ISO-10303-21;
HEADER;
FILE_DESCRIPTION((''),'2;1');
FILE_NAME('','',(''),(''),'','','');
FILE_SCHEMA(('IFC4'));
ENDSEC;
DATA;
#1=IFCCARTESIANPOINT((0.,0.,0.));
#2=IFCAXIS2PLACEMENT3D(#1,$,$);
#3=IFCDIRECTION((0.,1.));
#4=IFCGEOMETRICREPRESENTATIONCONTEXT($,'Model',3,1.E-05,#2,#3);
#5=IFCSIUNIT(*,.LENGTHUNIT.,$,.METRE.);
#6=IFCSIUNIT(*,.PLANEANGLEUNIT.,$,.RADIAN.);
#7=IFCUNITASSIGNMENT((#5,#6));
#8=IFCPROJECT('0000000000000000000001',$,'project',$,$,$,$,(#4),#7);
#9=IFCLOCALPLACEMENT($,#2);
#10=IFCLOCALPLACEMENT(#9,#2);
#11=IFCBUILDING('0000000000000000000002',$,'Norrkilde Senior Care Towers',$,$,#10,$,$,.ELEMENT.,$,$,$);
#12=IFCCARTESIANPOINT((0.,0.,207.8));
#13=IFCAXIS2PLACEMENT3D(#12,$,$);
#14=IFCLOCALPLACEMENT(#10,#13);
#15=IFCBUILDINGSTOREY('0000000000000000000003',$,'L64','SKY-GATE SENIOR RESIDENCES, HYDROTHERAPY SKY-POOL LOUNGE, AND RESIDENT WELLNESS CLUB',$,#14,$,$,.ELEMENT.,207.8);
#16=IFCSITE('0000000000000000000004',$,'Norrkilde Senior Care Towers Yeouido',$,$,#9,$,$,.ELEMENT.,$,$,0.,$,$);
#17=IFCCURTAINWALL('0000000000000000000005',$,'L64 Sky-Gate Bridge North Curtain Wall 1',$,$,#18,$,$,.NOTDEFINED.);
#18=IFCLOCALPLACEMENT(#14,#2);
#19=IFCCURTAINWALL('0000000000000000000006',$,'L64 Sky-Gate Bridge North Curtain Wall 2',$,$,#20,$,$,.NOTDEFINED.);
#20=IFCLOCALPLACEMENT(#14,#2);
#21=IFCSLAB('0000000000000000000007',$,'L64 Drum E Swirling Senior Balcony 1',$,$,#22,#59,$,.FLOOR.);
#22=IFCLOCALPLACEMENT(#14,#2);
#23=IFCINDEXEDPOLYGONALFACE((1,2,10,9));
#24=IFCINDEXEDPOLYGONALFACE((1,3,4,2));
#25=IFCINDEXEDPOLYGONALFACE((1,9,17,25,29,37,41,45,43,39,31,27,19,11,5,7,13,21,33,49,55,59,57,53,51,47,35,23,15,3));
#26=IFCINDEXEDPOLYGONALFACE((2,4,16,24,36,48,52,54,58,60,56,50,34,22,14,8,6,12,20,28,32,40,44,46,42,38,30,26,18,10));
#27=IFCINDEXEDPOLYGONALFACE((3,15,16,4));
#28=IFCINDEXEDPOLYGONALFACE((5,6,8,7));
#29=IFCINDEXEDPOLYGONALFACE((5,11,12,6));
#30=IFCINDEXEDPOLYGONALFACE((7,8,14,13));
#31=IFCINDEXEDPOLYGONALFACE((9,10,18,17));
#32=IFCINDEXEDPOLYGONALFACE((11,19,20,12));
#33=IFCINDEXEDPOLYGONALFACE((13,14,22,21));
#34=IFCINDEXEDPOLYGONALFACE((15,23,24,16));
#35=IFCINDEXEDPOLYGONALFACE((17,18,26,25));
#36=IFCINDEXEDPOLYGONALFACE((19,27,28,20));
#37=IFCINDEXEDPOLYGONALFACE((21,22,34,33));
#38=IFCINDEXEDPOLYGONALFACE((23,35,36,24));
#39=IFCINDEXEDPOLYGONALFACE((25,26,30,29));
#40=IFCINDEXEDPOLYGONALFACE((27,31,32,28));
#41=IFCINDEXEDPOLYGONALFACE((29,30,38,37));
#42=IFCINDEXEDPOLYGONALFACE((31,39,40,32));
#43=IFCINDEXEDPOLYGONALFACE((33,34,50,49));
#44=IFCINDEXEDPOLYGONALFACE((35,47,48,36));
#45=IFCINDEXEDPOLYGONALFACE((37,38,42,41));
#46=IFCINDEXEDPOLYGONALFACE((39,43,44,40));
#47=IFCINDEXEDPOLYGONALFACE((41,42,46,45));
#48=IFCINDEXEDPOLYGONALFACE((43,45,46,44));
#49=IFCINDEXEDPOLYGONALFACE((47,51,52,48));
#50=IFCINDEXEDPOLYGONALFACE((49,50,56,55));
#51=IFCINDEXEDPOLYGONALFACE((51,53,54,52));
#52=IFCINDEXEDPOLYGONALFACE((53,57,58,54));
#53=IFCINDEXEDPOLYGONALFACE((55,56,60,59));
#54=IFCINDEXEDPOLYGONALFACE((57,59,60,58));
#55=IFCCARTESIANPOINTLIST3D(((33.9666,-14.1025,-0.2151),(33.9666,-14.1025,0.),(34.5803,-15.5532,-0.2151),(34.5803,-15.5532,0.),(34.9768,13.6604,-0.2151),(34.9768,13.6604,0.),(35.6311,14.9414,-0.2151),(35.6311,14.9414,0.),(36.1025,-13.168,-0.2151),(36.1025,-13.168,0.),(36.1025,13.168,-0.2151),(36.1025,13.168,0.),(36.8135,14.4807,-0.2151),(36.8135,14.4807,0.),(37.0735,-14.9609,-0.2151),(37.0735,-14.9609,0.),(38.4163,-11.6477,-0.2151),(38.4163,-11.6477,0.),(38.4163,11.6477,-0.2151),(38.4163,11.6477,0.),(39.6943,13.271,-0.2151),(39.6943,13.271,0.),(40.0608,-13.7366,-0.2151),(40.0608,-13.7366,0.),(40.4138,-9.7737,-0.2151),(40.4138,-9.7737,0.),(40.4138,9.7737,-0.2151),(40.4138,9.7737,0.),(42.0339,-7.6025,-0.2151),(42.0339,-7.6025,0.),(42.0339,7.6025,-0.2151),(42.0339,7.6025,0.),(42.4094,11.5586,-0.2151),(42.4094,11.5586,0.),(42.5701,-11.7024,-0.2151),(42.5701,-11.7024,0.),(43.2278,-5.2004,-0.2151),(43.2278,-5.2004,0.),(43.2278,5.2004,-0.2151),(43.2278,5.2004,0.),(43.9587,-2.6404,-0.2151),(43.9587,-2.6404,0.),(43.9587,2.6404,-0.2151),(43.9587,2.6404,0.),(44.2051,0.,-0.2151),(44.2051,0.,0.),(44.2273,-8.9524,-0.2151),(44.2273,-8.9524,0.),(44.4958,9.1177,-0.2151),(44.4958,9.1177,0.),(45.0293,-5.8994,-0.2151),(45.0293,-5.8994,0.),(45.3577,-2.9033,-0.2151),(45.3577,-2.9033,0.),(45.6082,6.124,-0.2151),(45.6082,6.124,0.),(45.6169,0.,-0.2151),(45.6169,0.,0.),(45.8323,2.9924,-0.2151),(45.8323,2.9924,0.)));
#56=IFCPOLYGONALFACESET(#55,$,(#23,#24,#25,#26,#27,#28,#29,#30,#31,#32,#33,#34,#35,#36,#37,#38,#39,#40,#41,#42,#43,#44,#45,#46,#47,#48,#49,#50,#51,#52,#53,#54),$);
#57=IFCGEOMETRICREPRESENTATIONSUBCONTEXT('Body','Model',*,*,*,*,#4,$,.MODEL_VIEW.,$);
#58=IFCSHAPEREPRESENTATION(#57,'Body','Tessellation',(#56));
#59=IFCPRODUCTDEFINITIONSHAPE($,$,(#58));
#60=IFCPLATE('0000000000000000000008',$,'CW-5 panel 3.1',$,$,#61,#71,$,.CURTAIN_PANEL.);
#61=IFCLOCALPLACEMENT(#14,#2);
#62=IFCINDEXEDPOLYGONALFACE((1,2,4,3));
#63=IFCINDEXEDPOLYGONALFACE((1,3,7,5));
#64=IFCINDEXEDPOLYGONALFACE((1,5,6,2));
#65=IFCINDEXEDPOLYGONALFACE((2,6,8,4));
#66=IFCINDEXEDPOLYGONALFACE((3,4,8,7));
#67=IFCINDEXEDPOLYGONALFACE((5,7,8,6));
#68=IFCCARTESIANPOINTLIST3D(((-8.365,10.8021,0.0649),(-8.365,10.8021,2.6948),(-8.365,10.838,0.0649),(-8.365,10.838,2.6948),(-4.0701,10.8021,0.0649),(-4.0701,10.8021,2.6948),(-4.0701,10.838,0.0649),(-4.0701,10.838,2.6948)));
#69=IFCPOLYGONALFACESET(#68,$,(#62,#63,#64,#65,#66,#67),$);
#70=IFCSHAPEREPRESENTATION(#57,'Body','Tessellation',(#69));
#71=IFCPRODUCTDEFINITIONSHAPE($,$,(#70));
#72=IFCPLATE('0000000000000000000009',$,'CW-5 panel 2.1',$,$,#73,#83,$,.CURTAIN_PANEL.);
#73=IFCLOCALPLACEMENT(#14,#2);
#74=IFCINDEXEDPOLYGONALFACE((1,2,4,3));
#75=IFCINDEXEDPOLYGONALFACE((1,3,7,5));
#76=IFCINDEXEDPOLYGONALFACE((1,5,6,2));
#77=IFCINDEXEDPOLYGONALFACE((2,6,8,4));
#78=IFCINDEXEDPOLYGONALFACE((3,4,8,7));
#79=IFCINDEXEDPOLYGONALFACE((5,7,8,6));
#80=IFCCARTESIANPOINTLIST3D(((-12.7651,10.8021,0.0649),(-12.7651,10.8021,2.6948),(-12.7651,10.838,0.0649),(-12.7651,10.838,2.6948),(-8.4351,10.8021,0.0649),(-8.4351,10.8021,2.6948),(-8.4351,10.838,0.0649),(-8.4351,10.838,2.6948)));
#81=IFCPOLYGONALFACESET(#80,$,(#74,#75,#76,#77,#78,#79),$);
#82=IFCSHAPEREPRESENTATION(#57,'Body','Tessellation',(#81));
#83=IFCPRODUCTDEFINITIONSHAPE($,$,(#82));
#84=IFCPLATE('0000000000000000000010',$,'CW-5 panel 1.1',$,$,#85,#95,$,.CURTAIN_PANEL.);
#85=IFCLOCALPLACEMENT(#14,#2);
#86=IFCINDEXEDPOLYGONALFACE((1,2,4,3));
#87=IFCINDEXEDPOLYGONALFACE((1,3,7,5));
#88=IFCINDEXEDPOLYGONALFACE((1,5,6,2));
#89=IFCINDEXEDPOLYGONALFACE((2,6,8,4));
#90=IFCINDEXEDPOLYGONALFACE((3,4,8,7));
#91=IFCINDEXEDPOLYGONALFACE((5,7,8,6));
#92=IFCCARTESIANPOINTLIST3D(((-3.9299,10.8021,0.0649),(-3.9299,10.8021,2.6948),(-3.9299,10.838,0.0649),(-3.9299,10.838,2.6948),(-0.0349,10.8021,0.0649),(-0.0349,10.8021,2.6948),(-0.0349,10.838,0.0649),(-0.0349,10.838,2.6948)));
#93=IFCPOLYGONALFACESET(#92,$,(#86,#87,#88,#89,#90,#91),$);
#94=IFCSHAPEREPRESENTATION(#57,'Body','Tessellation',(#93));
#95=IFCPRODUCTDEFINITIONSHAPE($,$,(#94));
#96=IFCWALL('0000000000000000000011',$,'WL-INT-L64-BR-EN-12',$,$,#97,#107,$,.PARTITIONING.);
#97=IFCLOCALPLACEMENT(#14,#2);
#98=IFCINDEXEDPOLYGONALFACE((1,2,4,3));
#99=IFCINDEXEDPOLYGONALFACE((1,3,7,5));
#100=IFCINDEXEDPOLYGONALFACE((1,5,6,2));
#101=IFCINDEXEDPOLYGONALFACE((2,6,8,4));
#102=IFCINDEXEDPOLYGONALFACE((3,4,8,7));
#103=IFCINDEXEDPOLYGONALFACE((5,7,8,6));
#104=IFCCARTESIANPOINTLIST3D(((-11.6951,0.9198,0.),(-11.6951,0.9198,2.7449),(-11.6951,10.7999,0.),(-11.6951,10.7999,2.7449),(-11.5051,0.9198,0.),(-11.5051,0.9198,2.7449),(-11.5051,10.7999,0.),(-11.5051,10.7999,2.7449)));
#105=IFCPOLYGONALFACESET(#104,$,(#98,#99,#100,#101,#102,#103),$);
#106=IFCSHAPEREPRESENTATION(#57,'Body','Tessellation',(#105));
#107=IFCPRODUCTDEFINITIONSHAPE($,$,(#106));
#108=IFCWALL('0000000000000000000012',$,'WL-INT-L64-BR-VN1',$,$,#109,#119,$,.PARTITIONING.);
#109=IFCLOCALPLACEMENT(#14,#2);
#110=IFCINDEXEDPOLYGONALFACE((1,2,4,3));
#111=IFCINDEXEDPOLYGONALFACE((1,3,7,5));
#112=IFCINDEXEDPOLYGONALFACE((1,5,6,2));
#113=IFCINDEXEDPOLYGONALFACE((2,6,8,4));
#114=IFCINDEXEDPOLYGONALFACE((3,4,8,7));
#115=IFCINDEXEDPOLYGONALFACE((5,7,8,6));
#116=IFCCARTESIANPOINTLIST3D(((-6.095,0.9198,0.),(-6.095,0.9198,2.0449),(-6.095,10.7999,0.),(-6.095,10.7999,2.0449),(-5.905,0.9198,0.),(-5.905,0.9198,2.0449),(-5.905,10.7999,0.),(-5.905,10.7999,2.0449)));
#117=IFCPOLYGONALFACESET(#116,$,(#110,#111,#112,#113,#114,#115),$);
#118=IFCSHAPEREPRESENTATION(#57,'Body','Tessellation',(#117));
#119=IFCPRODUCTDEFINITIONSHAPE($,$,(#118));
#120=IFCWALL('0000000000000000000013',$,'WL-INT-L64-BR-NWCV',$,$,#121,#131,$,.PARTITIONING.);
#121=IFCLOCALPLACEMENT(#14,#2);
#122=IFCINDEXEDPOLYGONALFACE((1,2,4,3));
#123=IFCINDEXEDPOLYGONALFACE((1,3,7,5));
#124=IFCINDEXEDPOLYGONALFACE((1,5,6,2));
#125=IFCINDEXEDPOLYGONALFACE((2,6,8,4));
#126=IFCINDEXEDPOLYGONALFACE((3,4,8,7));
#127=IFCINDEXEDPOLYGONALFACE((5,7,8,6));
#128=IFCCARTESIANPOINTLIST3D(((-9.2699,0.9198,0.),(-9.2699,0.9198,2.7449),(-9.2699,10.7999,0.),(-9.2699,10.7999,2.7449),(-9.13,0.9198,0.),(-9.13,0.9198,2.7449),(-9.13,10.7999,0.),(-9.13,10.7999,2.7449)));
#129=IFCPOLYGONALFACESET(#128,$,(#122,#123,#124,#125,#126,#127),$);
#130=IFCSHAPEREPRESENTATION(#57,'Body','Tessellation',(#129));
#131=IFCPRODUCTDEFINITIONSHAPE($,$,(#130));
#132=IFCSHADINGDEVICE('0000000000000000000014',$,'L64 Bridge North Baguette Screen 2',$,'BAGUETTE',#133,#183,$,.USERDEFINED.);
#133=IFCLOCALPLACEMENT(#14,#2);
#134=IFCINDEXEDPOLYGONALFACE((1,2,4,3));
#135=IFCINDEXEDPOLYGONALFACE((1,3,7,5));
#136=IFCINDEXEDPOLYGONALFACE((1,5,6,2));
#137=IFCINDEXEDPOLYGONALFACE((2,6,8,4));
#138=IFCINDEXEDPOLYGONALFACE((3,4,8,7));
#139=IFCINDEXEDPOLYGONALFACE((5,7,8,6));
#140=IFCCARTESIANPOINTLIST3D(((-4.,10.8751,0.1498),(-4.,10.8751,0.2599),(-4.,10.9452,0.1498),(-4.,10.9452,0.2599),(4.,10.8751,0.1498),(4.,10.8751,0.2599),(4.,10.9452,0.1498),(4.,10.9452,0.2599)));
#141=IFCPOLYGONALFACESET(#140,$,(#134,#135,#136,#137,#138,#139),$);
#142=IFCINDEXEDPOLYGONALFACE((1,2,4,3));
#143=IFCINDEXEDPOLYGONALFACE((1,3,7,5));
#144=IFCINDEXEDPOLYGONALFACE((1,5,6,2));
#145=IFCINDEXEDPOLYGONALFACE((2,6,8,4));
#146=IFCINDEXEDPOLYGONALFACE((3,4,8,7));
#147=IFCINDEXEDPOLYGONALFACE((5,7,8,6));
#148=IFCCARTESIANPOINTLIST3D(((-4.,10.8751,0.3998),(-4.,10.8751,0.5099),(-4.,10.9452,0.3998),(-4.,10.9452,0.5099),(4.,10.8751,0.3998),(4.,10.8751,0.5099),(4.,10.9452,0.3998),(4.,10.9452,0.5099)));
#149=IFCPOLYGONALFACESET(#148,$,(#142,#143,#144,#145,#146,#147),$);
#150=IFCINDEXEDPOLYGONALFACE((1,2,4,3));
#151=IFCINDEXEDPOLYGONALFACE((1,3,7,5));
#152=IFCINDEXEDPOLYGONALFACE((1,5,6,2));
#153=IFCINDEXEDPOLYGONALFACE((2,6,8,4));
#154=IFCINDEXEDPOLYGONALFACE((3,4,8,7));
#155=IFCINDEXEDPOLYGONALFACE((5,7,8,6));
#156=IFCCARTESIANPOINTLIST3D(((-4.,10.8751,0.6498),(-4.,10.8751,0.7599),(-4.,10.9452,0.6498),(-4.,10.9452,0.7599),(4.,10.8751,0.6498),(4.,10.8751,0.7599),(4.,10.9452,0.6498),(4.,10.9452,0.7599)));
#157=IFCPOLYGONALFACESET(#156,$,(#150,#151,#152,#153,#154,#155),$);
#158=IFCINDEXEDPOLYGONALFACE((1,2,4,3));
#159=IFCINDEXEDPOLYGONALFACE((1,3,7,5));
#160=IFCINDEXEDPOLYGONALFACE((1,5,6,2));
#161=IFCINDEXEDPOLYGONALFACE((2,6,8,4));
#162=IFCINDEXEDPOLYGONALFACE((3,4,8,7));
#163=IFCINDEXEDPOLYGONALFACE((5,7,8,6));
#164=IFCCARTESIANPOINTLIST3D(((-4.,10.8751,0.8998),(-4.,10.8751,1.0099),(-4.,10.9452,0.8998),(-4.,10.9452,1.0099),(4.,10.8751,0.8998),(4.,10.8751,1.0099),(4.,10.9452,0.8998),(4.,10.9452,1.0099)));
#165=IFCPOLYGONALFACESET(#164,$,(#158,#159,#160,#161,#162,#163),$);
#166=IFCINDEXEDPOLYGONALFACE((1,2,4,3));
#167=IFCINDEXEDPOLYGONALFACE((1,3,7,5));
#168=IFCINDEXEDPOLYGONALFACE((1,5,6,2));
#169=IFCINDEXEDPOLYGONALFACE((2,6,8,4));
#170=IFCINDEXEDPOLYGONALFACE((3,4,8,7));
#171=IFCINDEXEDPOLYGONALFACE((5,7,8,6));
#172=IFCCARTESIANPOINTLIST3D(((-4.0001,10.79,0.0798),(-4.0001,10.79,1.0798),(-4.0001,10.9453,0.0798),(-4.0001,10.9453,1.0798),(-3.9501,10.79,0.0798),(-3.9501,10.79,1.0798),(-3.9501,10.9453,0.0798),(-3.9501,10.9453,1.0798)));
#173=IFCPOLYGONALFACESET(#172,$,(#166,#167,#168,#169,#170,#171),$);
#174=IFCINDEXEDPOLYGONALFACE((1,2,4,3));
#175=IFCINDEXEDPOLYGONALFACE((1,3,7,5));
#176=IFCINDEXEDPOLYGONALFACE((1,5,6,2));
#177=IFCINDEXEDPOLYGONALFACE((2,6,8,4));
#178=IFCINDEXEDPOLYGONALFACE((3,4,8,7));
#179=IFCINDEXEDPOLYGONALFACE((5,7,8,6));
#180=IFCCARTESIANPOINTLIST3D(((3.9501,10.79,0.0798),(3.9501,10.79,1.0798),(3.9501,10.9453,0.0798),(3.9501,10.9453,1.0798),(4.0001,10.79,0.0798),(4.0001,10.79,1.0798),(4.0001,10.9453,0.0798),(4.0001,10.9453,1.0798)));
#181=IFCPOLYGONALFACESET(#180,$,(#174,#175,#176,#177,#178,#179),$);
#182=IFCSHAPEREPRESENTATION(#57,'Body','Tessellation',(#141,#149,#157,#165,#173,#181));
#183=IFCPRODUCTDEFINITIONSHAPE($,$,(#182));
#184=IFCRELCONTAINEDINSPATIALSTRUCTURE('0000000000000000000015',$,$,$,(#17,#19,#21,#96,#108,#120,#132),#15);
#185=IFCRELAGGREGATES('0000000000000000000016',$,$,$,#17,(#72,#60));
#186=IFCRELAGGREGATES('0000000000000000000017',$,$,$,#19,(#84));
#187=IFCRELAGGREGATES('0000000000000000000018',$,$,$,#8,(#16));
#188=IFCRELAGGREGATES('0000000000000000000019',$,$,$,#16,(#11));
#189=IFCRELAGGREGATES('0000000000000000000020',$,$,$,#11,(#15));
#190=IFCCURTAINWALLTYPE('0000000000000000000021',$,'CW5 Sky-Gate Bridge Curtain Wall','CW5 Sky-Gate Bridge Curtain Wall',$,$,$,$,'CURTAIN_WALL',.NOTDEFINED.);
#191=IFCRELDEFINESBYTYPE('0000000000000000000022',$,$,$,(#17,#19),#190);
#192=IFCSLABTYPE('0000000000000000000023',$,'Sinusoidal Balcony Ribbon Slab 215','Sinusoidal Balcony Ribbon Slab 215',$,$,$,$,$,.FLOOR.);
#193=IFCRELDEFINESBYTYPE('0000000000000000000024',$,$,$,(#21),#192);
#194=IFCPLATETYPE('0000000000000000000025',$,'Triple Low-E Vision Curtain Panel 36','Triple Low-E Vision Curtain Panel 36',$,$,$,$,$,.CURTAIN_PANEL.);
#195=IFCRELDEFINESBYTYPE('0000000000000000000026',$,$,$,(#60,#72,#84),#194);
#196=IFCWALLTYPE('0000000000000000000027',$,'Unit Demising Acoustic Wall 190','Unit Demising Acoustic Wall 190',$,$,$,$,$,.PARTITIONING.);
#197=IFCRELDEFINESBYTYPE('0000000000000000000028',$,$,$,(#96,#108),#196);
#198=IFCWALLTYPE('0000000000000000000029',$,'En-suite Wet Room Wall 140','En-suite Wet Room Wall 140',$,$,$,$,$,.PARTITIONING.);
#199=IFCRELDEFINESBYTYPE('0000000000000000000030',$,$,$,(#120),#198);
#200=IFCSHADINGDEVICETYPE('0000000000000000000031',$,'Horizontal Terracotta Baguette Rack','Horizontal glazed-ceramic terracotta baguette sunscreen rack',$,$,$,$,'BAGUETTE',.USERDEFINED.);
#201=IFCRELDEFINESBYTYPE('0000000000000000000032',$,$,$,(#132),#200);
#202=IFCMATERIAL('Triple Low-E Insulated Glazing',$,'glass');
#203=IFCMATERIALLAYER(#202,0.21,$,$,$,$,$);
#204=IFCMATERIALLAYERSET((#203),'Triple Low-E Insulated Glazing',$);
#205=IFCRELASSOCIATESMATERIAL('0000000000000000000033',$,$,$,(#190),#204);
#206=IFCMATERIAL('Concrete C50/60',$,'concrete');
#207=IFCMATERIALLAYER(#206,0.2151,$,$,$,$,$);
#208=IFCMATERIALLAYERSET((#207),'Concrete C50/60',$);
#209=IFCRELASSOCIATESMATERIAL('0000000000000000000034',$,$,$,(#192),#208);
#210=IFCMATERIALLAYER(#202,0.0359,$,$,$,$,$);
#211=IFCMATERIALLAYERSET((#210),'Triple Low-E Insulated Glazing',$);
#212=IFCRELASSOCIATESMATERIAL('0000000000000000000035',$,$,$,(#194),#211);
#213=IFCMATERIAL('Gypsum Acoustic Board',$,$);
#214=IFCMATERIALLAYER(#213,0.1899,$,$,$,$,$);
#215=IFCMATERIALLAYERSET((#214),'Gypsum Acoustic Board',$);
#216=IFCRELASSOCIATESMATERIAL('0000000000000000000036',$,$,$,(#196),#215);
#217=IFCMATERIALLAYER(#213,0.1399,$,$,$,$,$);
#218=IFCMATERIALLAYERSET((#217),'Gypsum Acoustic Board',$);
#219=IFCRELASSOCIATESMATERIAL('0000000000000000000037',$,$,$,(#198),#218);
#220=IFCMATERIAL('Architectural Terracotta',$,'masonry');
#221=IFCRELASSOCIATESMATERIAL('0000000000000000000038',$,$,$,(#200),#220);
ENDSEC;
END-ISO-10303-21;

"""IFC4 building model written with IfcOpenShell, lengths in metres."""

from ifc_helpers import new_model, si_unit, direction, frame, frame_2d, origin, origin_2d, place, context, subcontext, project, spatial, polyline, rectangle, outline, extrude, source, transform, mapped, material, layer, layer_set, type_object, type_shapes, element, aggregate, save


model = new_model("IFC4")

# Units and contexts
model_context = context("Model", 3, precision=1e-05, world=origin(), true_north=direction((0.0, 1.0)))
body_context = subcontext(model_context, "Body", "Model", "MODEL_VIEW")
ifc_project = project(units=[si_unit("LENGTHUNIT", "METRE"), si_unit("PLANEANGLEUNIT", "RADIAN")], contexts=[model_context])

# Site, building, storey
site_placement = place(None, origin())
site = spatial("IfcSite", under=ifc_project, at=site_placement, Name="Norrkilde Senior Care Towers Yeouido", CompositionType="ELEMENT", RefElevation=0.0)
building_placement = place(site_placement, origin())
building = spatial("IfcBuilding", under=site, at=building_placement, Name="Norrkilde Senior Care Towers", CompositionType="ELEMENT")
storey_placement = place(building_placement, frame((0.0, 0.0, 207.8)))
storey = spatial("IfcBuildingStorey", under=building, at=storey_placement, Name="L64", Description="SKY-GATE SENIOR RESIDENCES, HYDROTHERAPY SKY-POOL LOUNGE, AND RESIDENT WELLNESS CLUB", CompositionType="ELEMENT", Elevation=207.8)

# Curtain walls
ifc_material_1 = material(Name="Triple Low-E Insulated Glazing", Category="glass")
ifc_layer_1 = layer(ifc_material_1, 0.21)
ifc_layer_set_1 = layer_set([ifc_layer_1], Name="Triple Low-E Insulated Glazing")
curtain_wall_type = type_object("IfcCurtainWallType", Name="CW5 Sky-Gate Bridge Curtain Wall", Description="CW5 Sky-Gate Bridge Curtain Wall", ElementType="CURTAIN_WALL", PredefinedType="NOTDEFINED", material=ifc_layer_set_1)
curtain_wall_1_placement = place(storey_placement, origin())
curtain_wall_1 = element("IfcCurtainWall", 1, at=curtain_wall_1_placement, inside=storey, type_object=curtain_wall_type, Name="L64 Sky-Gate Bridge North Curtain Wall 1", PredefinedType="NOTDEFINED")
curtain_wall_2_placement = place(storey_placement, origin())
curtain_wall_2 = element("IfcCurtainWall", 2, at=curtain_wall_2_placement, inside=storey, type_object=curtain_wall_type, Name="L64 Sky-Gate Bridge North Curtain Wall 2", PredefinedType="NOTDEFINED")

# Slab
ifc_material_2 = material(Name="Concrete C50/60", Category="concrete")
ifc_layer_2 = layer(ifc_material_2, 0.2151)
ifc_layer_set_2 = layer_set([ifc_layer_2], Name="Concrete C50/60")
slab_type_1 = type_object("IfcSlabType", Name="Sinusoidal Balcony Ribbon Slab 215", Description="Sinusoidal Balcony Ribbon Slab 215", PredefinedType="FLOOR", material=ifc_layer_set_2)
slab_1_placement = place(storey_placement, frame((0.0, 0.0, -0.2151)))
element("IfcSlab", 3, at=slab_1_placement, inside=storey, type_object=slab_type_1, Name="L64 Drum E Swirling Senior Balcony 1", PredefinedType="FLOOR", context=body_context, shape_type="SweptSolid", body=[
    extrude(outline(polyline([(42.5701, -11.7024), (40.0608, -13.7366), (37.0735, -14.9609), (34.5803, -15.5532), (33.9666, -14.1025), (36.1025, -13.168), (38.4163, -11.6477), (40.4138, -9.7737), (42.0339, -7.6025), (43.2278, -5.2004), (43.9587, -2.6404), (44.2051, 0.0), (43.9587, 2.6404), (43.2278, 5.2004), (42.0339, 7.6025), (40.4138, 9.7737), (38.4163, 11.6477), (36.1025, 13.168), (34.9768, 13.6604), (35.6311, 14.9414), (36.8135, 14.4807), (39.6943, 13.271), (42.4094, 11.5586), (44.4958, 9.1177), (45.6082, 6.124), (45.8323, 2.9924), (45.6169, 0.0), (45.3577, -2.9033), (45.0293, -5.8994), (44.2273, -8.9524), (42.5701, -11.7024)])), origin(), (0.0, 0.0, 1.0), 0.2151),
])

# Plates
ifc_layer_3 = layer(ifc_material_1, 0.0359)
ifc_layer_set_3 = layer_set([ifc_layer_3], Name="Triple Low-E Insulated Glazing")
plate_type = type_object("IfcPlateType", Name="Triple Low-E Vision Curtain Panel 36", Description="Triple Low-E Vision Curtain Panel 36", PredefinedType="CURTAIN_PANEL", material=ifc_layer_set_3)
shared_shape_1 = source(origin(), body_context, "Body", "SweptSolid", [
    extrude(rectangle(XDim=4.2949, YDim=0.0359, at=origin_2d()), origin(), (0.0, 0.0, 1.0), 2.6299),
])
plate_1_placement = place(storey_placement, frame((-6.2175, 10.8201, 0.0649), z_axis=(0.0, 0.0, 1.0), x_axis=(1.0, 0.0, 0.0)))
plate_1 = element("IfcPlate", 4, at=plate_1_placement, type_object=plate_type, Name="CW-5 panel 3.1", PredefinedType="CURTAIN_PANEL", context=body_context, shape_type="MappedRepresentation", body=[
    mapped(shared_shape_1, transform((0.0, 0.0, 0.0), x_axis=(1.0, 0.0, 0.0), y_axis=(0.0, 1.0, 0.0), z_axis=(0.0, 0.0, 1.0), scale=1.0)),
])
shared_shape_2 = source(origin(), body_context, "Body", "SweptSolid", [
    extrude(rectangle(XDim=4.3301, YDim=0.0359, at=origin_2d()), origin(), (0.0, 0.0, 1.0), 2.6299),
])
plate_2_placement = place(storey_placement, frame((-10.6001, 10.8201, 0.0649), z_axis=(0.0, 0.0, 1.0), x_axis=(1.0, 0.0, 0.0)))
plate_2 = element("IfcPlate", 5, at=plate_2_placement, type_object=plate_type, Name="CW-5 panel 2.1", PredefinedType="CURTAIN_PANEL", context=body_context, shape_type="MappedRepresentation", body=[
    mapped(shared_shape_2, transform((0.0, 0.0, 0.0), x_axis=(1.0, 0.0, 0.0), y_axis=(0.0, 1.0, 0.0), z_axis=(0.0, 0.0, 1.0), scale=1.0)),
])
aggregate(curtain_wall_1, [plate_2, plate_1])
shared_shape_3 = source(origin(), body_context, "Body", "SweptSolid", [
    extrude(rectangle(XDim=3.895, YDim=0.0359, at=origin_2d()), origin(), (0.0, 0.0, 1.0), 2.6299),
])
type_shapes(plate_type, [shared_shape_1, shared_shape_2, shared_shape_3])
plate_3_placement = place(storey_placement, frame((-1.9824, 10.8201, 0.0649), z_axis=(0.0, 0.0, 1.0), x_axis=(1.0, 0.0, 0.0)))
plate_3 = element("IfcPlate", 6, at=plate_3_placement, type_object=plate_type, Name="CW-5 panel 1.1", PredefinedType="CURTAIN_PANEL", context=body_context, shape_type="MappedRepresentation", body=[
    mapped(shared_shape_3, transform((0.0, 0.0, 0.0), x_axis=(1.0, 0.0, 0.0), y_axis=(0.0, 1.0, 0.0), z_axis=(0.0, 0.0, 1.0), scale=1.0)),
])
aggregate(curtain_wall_2, [plate_3])

# Walls
ifc_material_3 = material(Name="Gypsum Acoustic Board")
ifc_layer_4 = layer(ifc_material_3, 0.1899)
ifc_layer_set_4 = layer_set([ifc_layer_4], Name="Gypsum Acoustic Board")
wall_type_1 = type_object("IfcWallType", Name="Unit Demising Acoustic Wall 190", Description="Unit Demising Acoustic Wall 190", PredefinedType="PARTITIONING", material=ifc_layer_set_4)
shared_shape_4 = source(origin(), body_context, "Body", "SweptSolid", [
    extrude(rectangle(XDim=9.8801, YDim=0.1899, at=frame_2d((4.9399, 0.0))), origin(), (0.0, 0.0, 1.0), 2.7449),
])
wall_1_placement = place(storey_placement, frame((-11.6001, 0.9199, 0.0), z_axis=(0.0, 0.0, 1.0), x_axis=(0.0, 1.0, 0.0)))
element("IfcWall", 7, at=wall_1_placement, inside=storey, type_object=wall_type_1, Name="WL-INT-L64-BR-EN-12", PredefinedType="PARTITIONING", context=body_context, shape_type="MappedRepresentation", body=[
    mapped(shared_shape_4, transform((0.0, 0.0, 0.0), x_axis=(1.0, 0.0, 0.0), y_axis=(0.0, 1.0, 0.0), z_axis=(0.0, 0.0, 1.0), scale=1.0)),
])
shared_shape_5 = source(origin(), body_context, "Body", "SweptSolid", [
    extrude(rectangle(XDim=9.8801, YDim=0.1899, at=frame_2d((4.9399, 0.0))), origin(), (0.0, 0.0, 1.0), 2.0449),
])
type_shapes(wall_type_1, [shared_shape_4, shared_shape_5])
wall_2_placement = place(storey_placement, frame((-6.0, 0.9199, 0.0), z_axis=(0.0, 0.0, 1.0), x_axis=(0.0, 1.0, 0.0)))
element("IfcWall", 8, at=wall_2_placement, inside=storey, type_object=wall_type_1, Name="WL-INT-L64-BR-VN1", PredefinedType="PARTITIONING", context=body_context, shape_type="MappedRepresentation", body=[
    mapped(shared_shape_5, transform((0.0, 0.0, 0.0), x_axis=(1.0, 0.0, 0.0), y_axis=(0.0, 1.0, 0.0), z_axis=(0.0, 0.0, 1.0), scale=1.0)),
])
ifc_layer_5 = layer(ifc_material_3, 0.1399)
ifc_layer_set_5 = layer_set([ifc_layer_5], Name="Gypsum Acoustic Board")
wall_type_2 = type_object("IfcWallType", Name="En-suite Wet Room Wall 140", Description="En-suite Wet Room Wall 140", PredefinedType="PARTITIONING", material=ifc_layer_set_5)
shared_shape_6 = source(origin(), body_context, "Body", "SweptSolid", [
    extrude(rectangle(XDim=9.8801, YDim=0.1399, at=frame_2d((4.9399, 0.0))), origin(), (0.0, 0.0, 1.0), 2.7449),
])
type_shapes(wall_type_2, [shared_shape_6])
wall_3_placement = place(storey_placement, frame((-9.2, 0.9199, 0.0), z_axis=(0.0, 0.0, 1.0), x_axis=(0.0, 1.0, 0.0)))
element("IfcWall", 9, at=wall_3_placement, inside=storey, type_object=wall_type_2, Name="WL-INT-L64-BR-NWCV", PredefinedType="PARTITIONING", context=body_context, shape_type="MappedRepresentation", body=[
    mapped(shared_shape_6, transform((0.0, 0.0, 0.0), x_axis=(1.0, 0.0, 0.0), y_axis=(0.0, 1.0, 0.0), z_axis=(0.0, 0.0, 1.0), scale=1.0)),
])

# Shading device
ifc_material_4 = material(Name="Architectural Terracotta", Category="masonry")
shading_device_type = type_object("IfcShadingDeviceType", Name="Horizontal Terracotta Baguette Rack", Description="Horizontal glazed-ceramic terracotta baguette sunscreen rack", ElementType="BAGUETTE", PredefinedType="USERDEFINED", material=ifc_material_4)
shared_shape_7 = source(origin(), body_context, "Body", "SweptSolid", [
    extrude(rectangle(XDim=0.0701, YDim=0.1101, at=origin_2d()), frame((0.0, 0.0901, 0.125), z_axis=(1.0, 0.0, 0.0), x_axis=(0.0, 1.0, 0.0)), (0.0, 0.0, 1.0), 8.0),
    extrude(rectangle(XDim=0.0701, YDim=0.1101, at=origin_2d()), frame((0.0, 0.0901, 0.375), z_axis=(1.0, 0.0, 0.0), x_axis=(0.0, 1.0, 0.0)), (0.0, 0.0, 1.0), 8.0),
    extrude(rectangle(XDim=0.0701, YDim=0.1101, at=origin_2d()), frame((0.0, 0.0901, 0.625), z_axis=(1.0, 0.0, 0.0), x_axis=(0.0, 1.0, 0.0)), (0.0, 0.0, 1.0), 8.0),
    extrude(rectangle(XDim=0.0701, YDim=0.1101, at=origin_2d()), frame((0.0, 0.0901, 0.875), z_axis=(1.0, 0.0, 0.0), x_axis=(0.0, 1.0, 0.0)), (0.0, 0.0, 1.0), 8.0),
    extrude(rectangle(XDim=0.05, YDim=0.1553, at=origin_2d()), frame((0.0249, 0.0476, 0.0)), (0.0, 0.0, 1.0), 1.0),
    extrude(rectangle(XDim=0.05, YDim=0.1553, at=origin_2d()), frame((7.9751, 0.0476, 0.0)), (0.0, 0.0, 1.0), 1.0),
])
type_shapes(shading_device_type, [shared_shape_7])
shading_device_placement = place(storey_placement, frame((-4.0, 10.8201, 0.0798), z_axis=(0.0, 0.0, 1.0), x_axis=(1.0, 0.0, 0.0)))
element("IfcShadingDevice", 10, at=shading_device_placement, inside=storey, type_object=shading_device_type, Name="L64 Bridge North Baguette Screen 2", ObjectType="BAGUETTE", PredefinedType="USERDEFINED", context=body_context, shape_type="MappedRepresentation", body=[
    mapped(shared_shape_7, transform((0.0, 0.0, 0.0), x_axis=(1.0, 0.0, 0.0), y_axis=(0.0, 1.0, 0.0), z_axis=(0.0, 0.0, 1.0), scale=1.0)),
])

save(model, "model.ifc")
